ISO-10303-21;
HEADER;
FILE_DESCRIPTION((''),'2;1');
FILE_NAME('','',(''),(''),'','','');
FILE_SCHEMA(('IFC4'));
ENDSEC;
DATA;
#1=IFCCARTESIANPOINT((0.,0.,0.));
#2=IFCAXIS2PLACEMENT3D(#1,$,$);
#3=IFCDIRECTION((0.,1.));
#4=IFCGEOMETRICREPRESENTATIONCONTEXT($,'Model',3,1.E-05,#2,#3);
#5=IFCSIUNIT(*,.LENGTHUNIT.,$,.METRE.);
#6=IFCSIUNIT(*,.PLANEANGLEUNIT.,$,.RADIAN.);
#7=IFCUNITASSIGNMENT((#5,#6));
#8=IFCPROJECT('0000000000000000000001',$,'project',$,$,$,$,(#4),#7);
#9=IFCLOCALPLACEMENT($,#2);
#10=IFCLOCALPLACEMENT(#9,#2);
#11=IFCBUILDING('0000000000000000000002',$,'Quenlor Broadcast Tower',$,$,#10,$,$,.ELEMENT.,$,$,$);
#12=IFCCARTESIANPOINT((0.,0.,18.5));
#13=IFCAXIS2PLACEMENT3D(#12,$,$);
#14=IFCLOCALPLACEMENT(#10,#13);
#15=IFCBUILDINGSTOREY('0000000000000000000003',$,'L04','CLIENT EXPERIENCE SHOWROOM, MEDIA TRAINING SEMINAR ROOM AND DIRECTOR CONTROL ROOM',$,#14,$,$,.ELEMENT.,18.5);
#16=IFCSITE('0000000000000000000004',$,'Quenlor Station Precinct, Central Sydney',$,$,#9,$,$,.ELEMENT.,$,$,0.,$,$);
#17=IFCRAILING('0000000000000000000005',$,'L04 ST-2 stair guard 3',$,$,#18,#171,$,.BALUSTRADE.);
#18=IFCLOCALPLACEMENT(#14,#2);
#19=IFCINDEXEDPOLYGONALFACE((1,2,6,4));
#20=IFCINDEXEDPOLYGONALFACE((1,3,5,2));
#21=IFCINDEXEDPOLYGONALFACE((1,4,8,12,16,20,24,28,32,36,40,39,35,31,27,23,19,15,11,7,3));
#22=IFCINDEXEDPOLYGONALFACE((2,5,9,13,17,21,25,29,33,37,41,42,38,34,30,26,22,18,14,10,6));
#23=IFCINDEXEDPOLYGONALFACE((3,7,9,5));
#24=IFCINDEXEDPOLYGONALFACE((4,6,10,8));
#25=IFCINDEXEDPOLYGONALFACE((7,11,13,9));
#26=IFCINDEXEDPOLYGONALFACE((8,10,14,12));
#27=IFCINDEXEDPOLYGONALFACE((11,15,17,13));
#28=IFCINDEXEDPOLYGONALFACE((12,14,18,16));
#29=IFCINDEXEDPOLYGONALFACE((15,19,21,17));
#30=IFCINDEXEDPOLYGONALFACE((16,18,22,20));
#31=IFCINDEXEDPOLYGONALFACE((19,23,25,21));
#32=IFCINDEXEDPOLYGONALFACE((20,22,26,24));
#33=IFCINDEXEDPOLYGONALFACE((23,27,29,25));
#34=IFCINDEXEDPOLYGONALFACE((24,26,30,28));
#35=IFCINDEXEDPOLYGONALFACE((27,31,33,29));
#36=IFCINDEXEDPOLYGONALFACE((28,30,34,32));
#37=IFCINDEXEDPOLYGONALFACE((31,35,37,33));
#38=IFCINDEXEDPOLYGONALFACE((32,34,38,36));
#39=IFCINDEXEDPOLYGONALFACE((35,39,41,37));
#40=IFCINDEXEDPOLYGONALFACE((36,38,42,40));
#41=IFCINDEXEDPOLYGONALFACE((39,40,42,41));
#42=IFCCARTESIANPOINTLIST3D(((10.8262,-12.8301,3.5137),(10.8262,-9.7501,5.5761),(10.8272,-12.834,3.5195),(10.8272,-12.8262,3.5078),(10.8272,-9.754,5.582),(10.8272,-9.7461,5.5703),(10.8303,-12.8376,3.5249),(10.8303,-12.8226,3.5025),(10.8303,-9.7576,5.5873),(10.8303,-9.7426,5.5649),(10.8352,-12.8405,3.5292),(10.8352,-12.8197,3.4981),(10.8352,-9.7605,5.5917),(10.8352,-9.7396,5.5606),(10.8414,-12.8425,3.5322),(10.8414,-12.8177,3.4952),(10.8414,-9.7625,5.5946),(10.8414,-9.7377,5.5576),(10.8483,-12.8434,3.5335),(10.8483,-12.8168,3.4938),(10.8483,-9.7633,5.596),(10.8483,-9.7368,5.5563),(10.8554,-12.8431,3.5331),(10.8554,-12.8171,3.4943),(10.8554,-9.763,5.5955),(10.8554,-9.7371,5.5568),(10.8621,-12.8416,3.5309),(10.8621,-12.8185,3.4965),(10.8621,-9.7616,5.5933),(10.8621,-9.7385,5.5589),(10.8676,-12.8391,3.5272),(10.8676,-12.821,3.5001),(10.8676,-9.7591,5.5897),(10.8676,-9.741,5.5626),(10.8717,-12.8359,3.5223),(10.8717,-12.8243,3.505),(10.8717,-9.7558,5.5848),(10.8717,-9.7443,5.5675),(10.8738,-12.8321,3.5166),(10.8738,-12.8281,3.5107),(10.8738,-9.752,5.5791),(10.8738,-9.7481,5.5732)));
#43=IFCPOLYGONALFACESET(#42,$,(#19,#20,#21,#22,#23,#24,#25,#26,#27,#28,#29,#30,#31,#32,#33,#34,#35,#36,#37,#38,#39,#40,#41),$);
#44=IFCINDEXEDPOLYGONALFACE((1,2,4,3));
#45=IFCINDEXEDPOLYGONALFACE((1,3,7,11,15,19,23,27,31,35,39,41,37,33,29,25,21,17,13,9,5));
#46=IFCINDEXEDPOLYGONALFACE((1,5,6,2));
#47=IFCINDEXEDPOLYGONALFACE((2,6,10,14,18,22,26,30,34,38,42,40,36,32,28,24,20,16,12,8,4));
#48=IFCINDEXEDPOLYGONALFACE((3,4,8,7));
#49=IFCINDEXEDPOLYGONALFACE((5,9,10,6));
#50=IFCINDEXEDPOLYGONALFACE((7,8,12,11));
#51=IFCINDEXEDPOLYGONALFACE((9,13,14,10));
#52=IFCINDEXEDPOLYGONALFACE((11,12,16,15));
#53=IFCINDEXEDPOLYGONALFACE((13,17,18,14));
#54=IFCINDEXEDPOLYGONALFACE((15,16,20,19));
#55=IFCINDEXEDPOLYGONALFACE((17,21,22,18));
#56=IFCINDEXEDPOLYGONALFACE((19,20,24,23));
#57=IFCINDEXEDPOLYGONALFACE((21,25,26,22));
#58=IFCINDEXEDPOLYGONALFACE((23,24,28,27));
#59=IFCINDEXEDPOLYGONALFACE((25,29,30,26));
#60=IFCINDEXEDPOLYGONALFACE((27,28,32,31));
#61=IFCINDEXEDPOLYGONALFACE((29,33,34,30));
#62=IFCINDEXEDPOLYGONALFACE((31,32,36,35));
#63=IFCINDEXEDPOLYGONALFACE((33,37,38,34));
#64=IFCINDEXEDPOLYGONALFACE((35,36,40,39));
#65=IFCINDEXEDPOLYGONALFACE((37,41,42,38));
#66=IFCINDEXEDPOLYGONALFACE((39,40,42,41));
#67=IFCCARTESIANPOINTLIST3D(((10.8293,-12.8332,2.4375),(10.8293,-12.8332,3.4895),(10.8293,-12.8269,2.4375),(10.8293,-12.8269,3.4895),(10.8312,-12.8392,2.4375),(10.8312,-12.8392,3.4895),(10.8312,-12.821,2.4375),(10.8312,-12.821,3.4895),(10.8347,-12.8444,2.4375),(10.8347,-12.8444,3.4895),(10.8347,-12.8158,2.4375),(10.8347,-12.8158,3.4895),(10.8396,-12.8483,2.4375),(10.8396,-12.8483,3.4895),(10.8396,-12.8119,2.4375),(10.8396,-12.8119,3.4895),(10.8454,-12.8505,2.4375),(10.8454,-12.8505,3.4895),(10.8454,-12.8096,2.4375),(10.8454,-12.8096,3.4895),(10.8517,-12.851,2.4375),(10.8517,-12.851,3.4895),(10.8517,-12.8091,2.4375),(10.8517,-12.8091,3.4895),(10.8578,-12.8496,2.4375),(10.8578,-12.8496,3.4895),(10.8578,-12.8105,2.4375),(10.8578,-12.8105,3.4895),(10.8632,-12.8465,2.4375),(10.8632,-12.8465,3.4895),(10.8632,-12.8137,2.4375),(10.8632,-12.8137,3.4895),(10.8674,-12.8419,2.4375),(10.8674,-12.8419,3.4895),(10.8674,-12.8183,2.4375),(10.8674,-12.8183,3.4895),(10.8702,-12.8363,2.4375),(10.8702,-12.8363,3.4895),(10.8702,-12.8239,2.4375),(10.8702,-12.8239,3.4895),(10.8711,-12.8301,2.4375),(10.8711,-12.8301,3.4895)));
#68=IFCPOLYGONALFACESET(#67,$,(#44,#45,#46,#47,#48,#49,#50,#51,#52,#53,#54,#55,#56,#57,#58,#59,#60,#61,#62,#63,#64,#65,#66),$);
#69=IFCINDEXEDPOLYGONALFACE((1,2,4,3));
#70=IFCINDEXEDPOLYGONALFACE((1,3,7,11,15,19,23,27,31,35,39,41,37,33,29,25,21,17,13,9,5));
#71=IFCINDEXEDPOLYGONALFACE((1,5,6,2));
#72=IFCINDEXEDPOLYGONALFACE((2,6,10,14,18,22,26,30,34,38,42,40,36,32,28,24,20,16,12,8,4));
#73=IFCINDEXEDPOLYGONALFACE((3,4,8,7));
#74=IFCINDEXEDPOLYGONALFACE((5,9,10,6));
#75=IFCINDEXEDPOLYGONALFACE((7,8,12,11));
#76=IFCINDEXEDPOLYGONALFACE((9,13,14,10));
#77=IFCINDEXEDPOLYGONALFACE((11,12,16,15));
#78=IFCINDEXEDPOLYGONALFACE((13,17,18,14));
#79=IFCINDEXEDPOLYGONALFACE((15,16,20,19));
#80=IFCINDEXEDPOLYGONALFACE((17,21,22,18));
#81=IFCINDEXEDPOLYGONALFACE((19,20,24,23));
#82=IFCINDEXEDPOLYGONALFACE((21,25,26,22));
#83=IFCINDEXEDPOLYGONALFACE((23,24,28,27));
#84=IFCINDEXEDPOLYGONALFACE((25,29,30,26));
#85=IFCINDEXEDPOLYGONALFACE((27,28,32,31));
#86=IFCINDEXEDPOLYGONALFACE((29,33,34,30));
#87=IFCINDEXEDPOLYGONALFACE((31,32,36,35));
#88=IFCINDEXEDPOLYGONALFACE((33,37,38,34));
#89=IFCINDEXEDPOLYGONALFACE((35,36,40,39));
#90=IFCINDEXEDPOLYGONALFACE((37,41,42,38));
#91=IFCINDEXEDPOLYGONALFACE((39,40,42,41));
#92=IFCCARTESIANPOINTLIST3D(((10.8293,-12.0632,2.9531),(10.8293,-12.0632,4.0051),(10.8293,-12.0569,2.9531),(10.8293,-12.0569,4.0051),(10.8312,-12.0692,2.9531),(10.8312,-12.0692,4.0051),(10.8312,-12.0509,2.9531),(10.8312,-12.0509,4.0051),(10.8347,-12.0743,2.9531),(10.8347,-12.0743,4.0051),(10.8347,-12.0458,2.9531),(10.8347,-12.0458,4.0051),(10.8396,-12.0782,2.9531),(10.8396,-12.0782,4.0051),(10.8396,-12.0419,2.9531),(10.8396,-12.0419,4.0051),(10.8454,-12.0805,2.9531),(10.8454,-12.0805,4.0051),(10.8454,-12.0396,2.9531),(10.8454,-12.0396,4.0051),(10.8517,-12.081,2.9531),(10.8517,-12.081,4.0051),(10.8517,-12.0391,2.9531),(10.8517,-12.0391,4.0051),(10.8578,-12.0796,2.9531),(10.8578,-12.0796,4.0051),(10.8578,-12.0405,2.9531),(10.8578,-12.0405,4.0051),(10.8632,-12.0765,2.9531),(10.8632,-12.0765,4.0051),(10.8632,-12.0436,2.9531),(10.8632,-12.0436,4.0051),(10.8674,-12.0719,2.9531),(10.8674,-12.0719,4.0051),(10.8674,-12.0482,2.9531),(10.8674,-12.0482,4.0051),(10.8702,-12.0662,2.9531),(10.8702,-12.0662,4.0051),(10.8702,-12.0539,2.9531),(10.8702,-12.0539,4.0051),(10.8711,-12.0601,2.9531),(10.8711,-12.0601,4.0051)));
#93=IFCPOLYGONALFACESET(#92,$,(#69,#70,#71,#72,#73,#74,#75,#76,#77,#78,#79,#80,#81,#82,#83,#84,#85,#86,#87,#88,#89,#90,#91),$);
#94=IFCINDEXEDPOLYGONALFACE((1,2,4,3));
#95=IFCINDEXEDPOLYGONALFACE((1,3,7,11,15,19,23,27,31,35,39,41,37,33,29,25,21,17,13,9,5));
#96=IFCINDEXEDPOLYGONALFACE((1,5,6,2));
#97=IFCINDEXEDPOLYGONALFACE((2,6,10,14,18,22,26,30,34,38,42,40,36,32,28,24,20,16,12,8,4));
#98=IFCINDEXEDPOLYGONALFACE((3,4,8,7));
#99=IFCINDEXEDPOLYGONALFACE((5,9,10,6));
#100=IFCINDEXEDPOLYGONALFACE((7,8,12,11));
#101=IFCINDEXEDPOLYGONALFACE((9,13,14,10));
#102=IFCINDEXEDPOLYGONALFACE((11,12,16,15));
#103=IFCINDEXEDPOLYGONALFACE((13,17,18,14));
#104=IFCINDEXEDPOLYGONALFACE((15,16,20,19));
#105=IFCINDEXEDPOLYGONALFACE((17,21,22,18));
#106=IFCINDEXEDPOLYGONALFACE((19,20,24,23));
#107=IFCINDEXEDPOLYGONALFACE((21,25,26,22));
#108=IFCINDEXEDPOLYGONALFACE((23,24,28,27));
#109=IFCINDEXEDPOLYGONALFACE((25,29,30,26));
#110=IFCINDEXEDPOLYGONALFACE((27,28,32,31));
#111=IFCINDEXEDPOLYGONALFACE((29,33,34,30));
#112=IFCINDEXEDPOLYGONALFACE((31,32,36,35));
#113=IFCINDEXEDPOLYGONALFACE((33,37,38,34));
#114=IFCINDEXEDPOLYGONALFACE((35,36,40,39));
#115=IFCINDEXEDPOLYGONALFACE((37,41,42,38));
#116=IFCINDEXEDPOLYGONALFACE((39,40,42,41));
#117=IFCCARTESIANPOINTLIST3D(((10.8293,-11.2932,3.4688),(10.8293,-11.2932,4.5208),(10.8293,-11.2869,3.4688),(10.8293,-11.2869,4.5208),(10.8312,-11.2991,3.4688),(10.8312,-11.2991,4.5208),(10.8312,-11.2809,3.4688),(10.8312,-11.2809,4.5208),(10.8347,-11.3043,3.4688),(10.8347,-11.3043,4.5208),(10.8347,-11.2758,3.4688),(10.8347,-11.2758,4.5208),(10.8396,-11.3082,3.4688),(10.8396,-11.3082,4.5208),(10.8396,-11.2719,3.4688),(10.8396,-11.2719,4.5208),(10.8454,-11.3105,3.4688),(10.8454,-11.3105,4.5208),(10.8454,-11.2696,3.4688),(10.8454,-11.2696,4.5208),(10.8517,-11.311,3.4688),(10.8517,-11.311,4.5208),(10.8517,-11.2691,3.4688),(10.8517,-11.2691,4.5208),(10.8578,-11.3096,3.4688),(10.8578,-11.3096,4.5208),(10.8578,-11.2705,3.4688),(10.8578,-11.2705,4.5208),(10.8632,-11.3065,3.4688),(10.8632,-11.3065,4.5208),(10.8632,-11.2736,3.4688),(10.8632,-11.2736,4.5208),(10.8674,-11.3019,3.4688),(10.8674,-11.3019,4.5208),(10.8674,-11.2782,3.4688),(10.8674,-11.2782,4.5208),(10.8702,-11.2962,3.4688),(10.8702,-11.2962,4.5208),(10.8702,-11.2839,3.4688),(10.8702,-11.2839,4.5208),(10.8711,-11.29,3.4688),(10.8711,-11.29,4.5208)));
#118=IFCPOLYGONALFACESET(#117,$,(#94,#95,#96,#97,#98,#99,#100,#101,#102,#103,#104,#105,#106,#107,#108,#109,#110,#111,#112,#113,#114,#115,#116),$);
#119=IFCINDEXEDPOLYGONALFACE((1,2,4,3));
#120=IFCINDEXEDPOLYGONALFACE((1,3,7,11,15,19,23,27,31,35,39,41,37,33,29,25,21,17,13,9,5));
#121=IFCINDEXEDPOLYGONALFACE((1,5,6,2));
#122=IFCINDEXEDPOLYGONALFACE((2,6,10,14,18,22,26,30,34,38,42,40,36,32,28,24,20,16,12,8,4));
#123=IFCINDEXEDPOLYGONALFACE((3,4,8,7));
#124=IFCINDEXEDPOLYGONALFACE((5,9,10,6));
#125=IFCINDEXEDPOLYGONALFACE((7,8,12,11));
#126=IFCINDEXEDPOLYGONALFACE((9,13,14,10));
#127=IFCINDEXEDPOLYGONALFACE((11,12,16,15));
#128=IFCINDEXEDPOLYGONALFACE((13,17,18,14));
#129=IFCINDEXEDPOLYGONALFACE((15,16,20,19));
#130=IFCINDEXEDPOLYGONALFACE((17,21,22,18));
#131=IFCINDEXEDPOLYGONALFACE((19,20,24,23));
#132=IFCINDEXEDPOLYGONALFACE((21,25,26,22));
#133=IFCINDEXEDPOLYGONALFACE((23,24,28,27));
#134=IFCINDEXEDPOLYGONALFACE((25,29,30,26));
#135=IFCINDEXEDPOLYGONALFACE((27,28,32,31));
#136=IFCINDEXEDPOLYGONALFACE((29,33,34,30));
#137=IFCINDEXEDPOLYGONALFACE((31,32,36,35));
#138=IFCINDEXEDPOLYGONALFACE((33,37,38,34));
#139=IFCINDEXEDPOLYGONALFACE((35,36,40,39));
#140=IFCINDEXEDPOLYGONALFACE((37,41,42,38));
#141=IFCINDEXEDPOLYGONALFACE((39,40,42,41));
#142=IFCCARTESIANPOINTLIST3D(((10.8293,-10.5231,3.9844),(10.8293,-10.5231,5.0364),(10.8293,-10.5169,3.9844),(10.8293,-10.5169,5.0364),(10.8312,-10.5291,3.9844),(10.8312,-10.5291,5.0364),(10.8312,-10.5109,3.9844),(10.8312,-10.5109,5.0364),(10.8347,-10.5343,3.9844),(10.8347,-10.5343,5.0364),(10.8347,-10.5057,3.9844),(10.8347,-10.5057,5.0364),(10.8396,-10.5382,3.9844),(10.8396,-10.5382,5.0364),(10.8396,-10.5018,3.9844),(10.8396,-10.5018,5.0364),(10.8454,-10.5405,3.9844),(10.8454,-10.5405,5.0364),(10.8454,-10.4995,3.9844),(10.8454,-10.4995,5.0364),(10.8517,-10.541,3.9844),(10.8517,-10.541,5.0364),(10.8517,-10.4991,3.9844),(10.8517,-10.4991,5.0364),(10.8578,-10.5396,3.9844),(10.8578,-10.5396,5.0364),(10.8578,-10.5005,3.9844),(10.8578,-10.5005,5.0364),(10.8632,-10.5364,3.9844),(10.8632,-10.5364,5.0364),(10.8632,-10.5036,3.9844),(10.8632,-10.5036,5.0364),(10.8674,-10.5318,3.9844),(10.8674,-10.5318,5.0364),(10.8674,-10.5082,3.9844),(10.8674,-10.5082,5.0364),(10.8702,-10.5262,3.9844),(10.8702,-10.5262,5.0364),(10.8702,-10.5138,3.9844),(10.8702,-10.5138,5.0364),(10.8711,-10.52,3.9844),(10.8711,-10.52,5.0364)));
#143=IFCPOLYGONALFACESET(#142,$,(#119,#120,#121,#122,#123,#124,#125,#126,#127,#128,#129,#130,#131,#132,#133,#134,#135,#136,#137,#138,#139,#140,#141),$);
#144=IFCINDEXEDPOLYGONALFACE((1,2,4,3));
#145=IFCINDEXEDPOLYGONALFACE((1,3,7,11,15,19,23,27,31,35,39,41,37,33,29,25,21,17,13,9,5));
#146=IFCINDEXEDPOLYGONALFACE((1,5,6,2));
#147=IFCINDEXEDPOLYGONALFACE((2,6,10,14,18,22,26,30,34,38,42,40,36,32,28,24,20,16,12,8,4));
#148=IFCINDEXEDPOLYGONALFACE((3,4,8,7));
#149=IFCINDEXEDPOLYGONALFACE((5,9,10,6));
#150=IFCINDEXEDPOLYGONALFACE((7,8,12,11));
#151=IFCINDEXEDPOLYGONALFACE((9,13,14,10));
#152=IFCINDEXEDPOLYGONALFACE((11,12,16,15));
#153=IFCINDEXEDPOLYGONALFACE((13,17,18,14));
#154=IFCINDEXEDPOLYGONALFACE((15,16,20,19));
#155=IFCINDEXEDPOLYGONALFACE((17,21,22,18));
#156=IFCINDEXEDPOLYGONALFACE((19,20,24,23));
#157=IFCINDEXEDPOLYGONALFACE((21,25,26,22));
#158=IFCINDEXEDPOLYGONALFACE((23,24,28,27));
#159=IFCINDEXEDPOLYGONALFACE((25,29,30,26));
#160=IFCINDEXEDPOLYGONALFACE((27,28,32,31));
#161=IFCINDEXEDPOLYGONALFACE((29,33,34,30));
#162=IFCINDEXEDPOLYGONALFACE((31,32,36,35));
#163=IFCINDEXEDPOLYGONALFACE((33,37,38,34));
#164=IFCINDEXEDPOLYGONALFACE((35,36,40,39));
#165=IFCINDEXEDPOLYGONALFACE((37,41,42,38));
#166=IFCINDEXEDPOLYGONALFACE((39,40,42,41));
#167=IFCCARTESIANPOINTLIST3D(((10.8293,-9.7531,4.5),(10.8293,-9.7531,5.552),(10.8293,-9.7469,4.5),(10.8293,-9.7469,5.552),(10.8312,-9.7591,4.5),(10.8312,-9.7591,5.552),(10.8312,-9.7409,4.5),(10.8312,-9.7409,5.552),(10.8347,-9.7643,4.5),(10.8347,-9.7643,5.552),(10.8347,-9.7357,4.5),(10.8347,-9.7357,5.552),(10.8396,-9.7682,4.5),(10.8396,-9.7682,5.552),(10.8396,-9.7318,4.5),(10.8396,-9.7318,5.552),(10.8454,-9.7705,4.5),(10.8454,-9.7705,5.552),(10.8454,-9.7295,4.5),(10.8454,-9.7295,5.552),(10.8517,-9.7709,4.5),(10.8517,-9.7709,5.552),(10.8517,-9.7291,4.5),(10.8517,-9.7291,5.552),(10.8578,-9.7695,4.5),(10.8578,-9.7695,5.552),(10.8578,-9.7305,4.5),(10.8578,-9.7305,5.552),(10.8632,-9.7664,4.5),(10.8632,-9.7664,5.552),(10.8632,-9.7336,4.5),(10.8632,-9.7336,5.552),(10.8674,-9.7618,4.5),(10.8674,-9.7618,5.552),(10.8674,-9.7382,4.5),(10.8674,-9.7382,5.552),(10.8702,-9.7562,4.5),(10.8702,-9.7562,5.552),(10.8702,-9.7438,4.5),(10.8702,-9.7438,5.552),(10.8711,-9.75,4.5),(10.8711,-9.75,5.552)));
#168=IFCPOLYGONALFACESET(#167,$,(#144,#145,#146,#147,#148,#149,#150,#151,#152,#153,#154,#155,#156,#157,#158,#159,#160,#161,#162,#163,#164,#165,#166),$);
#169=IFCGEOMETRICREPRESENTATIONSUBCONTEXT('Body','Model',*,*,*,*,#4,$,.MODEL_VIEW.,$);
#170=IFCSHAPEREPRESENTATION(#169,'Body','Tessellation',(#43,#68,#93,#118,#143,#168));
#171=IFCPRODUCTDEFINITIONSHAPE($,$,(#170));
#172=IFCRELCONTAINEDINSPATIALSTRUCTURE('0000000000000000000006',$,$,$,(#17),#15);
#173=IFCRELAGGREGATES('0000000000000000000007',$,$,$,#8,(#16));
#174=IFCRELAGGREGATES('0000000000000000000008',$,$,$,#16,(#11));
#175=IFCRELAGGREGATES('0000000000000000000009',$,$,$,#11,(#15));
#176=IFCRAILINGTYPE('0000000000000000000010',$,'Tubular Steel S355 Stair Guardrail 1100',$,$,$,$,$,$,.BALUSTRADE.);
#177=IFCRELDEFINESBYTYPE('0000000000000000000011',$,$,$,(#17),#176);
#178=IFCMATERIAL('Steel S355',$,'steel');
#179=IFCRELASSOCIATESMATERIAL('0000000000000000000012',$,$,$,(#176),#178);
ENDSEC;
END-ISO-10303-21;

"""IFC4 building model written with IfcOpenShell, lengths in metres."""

from ifc_helpers import new_model, si_unit, direction, frame, origin, origin_2d, place, context, subcontext, project, spatial, circle, extrude, material, type_object, element, save


model = new_model("IFC4")

# Units and contexts
model_context = context("Model", 3, precision=1e-05, world=origin(), true_north=direction((0.0, 1.0)))
body_context = subcontext(model_context, "Body", "Model", "MODEL_VIEW")
ifc_project = project(units=[si_unit("LENGTHUNIT", "METRE"), si_unit("PLANEANGLEUNIT", "RADIAN")], contexts=[model_context])

# Site, building, storey
site_placement = place(None, origin())
site = spatial("IfcSite", under=ifc_project, at=site_placement, Name="Quenlor Station Precinct, Central Sydney", CompositionType="ELEMENT", RefElevation=0.0)
building_placement = place(site_placement, origin())
building = spatial("IfcBuilding", under=site, at=building_placement, Name="Quenlor Broadcast Tower", CompositionType="ELEMENT")
storey_placement = place(building_placement, frame((0.0, 0.0, 18.5)))
storey = spatial("IfcBuildingStorey", under=building, at=storey_placement, Name="L04", Description="CLIENT EXPERIENCE SHOWROOM, MEDIA TRAINING SEMINAR ROOM AND DIRECTOR CONTROL ROOM", CompositionType="ELEMENT", Elevation=18.5)

# Railing
ifc_material_1 = material(Name="Steel S355", Category="steel")
railing_type_1 = type_object("IfcRailingType", Name="Tubular Steel S355 Stair Guardrail 1100", PredefinedType="BALUSTRADE", material=ifc_material_1)
railing_1_placement = place(storey_placement, frame((10.8501, -12.8301, 2.4375)))
element("IfcRailing", 1, at=railing_1_placement, inside=storey, type_object=railing_type_1, Name="L04 ST-2 stair guard 3", PredefinedType="BALUSTRADE", context=body_context, shape_type="SweptSolid", body=[
    extrude(circle(Radius=0.0239, at=origin_2d()), frame((0.0, 0.0, 1.0762), z_axis=(0.0, 0.830914, 0.556401), x_axis=(-1.0, 0.0, 0.0)), (0.0, 0.0, 1.0), 3.7068),
    extrude(circle(Radius=0.021, at=origin_2d()), origin(), (0.0, 0.0, 1.0), 1.052),
    extrude(circle(Radius=0.021, at=origin_2d()), frame((0.0, 0.77, 0.5156)), (0.0, 0.0, 1.0), 1.052),
    extrude(circle(Radius=0.021, at=origin_2d()), frame((0.0, 1.54, 1.0312)), (0.0, 0.0, 1.0), 1.052),
    extrude(circle(Radius=0.021, at=origin_2d()), frame((0.0, 2.3101, 1.5469)), (0.0, 0.0, 1.0), 1.052),
    extrude(circle(Radius=0.021, at=origin_2d()), frame((0.0, 3.0801, 2.0625)), (0.0, 0.0, 1.0), 1.052),
])

save(model, "model.ifc")
